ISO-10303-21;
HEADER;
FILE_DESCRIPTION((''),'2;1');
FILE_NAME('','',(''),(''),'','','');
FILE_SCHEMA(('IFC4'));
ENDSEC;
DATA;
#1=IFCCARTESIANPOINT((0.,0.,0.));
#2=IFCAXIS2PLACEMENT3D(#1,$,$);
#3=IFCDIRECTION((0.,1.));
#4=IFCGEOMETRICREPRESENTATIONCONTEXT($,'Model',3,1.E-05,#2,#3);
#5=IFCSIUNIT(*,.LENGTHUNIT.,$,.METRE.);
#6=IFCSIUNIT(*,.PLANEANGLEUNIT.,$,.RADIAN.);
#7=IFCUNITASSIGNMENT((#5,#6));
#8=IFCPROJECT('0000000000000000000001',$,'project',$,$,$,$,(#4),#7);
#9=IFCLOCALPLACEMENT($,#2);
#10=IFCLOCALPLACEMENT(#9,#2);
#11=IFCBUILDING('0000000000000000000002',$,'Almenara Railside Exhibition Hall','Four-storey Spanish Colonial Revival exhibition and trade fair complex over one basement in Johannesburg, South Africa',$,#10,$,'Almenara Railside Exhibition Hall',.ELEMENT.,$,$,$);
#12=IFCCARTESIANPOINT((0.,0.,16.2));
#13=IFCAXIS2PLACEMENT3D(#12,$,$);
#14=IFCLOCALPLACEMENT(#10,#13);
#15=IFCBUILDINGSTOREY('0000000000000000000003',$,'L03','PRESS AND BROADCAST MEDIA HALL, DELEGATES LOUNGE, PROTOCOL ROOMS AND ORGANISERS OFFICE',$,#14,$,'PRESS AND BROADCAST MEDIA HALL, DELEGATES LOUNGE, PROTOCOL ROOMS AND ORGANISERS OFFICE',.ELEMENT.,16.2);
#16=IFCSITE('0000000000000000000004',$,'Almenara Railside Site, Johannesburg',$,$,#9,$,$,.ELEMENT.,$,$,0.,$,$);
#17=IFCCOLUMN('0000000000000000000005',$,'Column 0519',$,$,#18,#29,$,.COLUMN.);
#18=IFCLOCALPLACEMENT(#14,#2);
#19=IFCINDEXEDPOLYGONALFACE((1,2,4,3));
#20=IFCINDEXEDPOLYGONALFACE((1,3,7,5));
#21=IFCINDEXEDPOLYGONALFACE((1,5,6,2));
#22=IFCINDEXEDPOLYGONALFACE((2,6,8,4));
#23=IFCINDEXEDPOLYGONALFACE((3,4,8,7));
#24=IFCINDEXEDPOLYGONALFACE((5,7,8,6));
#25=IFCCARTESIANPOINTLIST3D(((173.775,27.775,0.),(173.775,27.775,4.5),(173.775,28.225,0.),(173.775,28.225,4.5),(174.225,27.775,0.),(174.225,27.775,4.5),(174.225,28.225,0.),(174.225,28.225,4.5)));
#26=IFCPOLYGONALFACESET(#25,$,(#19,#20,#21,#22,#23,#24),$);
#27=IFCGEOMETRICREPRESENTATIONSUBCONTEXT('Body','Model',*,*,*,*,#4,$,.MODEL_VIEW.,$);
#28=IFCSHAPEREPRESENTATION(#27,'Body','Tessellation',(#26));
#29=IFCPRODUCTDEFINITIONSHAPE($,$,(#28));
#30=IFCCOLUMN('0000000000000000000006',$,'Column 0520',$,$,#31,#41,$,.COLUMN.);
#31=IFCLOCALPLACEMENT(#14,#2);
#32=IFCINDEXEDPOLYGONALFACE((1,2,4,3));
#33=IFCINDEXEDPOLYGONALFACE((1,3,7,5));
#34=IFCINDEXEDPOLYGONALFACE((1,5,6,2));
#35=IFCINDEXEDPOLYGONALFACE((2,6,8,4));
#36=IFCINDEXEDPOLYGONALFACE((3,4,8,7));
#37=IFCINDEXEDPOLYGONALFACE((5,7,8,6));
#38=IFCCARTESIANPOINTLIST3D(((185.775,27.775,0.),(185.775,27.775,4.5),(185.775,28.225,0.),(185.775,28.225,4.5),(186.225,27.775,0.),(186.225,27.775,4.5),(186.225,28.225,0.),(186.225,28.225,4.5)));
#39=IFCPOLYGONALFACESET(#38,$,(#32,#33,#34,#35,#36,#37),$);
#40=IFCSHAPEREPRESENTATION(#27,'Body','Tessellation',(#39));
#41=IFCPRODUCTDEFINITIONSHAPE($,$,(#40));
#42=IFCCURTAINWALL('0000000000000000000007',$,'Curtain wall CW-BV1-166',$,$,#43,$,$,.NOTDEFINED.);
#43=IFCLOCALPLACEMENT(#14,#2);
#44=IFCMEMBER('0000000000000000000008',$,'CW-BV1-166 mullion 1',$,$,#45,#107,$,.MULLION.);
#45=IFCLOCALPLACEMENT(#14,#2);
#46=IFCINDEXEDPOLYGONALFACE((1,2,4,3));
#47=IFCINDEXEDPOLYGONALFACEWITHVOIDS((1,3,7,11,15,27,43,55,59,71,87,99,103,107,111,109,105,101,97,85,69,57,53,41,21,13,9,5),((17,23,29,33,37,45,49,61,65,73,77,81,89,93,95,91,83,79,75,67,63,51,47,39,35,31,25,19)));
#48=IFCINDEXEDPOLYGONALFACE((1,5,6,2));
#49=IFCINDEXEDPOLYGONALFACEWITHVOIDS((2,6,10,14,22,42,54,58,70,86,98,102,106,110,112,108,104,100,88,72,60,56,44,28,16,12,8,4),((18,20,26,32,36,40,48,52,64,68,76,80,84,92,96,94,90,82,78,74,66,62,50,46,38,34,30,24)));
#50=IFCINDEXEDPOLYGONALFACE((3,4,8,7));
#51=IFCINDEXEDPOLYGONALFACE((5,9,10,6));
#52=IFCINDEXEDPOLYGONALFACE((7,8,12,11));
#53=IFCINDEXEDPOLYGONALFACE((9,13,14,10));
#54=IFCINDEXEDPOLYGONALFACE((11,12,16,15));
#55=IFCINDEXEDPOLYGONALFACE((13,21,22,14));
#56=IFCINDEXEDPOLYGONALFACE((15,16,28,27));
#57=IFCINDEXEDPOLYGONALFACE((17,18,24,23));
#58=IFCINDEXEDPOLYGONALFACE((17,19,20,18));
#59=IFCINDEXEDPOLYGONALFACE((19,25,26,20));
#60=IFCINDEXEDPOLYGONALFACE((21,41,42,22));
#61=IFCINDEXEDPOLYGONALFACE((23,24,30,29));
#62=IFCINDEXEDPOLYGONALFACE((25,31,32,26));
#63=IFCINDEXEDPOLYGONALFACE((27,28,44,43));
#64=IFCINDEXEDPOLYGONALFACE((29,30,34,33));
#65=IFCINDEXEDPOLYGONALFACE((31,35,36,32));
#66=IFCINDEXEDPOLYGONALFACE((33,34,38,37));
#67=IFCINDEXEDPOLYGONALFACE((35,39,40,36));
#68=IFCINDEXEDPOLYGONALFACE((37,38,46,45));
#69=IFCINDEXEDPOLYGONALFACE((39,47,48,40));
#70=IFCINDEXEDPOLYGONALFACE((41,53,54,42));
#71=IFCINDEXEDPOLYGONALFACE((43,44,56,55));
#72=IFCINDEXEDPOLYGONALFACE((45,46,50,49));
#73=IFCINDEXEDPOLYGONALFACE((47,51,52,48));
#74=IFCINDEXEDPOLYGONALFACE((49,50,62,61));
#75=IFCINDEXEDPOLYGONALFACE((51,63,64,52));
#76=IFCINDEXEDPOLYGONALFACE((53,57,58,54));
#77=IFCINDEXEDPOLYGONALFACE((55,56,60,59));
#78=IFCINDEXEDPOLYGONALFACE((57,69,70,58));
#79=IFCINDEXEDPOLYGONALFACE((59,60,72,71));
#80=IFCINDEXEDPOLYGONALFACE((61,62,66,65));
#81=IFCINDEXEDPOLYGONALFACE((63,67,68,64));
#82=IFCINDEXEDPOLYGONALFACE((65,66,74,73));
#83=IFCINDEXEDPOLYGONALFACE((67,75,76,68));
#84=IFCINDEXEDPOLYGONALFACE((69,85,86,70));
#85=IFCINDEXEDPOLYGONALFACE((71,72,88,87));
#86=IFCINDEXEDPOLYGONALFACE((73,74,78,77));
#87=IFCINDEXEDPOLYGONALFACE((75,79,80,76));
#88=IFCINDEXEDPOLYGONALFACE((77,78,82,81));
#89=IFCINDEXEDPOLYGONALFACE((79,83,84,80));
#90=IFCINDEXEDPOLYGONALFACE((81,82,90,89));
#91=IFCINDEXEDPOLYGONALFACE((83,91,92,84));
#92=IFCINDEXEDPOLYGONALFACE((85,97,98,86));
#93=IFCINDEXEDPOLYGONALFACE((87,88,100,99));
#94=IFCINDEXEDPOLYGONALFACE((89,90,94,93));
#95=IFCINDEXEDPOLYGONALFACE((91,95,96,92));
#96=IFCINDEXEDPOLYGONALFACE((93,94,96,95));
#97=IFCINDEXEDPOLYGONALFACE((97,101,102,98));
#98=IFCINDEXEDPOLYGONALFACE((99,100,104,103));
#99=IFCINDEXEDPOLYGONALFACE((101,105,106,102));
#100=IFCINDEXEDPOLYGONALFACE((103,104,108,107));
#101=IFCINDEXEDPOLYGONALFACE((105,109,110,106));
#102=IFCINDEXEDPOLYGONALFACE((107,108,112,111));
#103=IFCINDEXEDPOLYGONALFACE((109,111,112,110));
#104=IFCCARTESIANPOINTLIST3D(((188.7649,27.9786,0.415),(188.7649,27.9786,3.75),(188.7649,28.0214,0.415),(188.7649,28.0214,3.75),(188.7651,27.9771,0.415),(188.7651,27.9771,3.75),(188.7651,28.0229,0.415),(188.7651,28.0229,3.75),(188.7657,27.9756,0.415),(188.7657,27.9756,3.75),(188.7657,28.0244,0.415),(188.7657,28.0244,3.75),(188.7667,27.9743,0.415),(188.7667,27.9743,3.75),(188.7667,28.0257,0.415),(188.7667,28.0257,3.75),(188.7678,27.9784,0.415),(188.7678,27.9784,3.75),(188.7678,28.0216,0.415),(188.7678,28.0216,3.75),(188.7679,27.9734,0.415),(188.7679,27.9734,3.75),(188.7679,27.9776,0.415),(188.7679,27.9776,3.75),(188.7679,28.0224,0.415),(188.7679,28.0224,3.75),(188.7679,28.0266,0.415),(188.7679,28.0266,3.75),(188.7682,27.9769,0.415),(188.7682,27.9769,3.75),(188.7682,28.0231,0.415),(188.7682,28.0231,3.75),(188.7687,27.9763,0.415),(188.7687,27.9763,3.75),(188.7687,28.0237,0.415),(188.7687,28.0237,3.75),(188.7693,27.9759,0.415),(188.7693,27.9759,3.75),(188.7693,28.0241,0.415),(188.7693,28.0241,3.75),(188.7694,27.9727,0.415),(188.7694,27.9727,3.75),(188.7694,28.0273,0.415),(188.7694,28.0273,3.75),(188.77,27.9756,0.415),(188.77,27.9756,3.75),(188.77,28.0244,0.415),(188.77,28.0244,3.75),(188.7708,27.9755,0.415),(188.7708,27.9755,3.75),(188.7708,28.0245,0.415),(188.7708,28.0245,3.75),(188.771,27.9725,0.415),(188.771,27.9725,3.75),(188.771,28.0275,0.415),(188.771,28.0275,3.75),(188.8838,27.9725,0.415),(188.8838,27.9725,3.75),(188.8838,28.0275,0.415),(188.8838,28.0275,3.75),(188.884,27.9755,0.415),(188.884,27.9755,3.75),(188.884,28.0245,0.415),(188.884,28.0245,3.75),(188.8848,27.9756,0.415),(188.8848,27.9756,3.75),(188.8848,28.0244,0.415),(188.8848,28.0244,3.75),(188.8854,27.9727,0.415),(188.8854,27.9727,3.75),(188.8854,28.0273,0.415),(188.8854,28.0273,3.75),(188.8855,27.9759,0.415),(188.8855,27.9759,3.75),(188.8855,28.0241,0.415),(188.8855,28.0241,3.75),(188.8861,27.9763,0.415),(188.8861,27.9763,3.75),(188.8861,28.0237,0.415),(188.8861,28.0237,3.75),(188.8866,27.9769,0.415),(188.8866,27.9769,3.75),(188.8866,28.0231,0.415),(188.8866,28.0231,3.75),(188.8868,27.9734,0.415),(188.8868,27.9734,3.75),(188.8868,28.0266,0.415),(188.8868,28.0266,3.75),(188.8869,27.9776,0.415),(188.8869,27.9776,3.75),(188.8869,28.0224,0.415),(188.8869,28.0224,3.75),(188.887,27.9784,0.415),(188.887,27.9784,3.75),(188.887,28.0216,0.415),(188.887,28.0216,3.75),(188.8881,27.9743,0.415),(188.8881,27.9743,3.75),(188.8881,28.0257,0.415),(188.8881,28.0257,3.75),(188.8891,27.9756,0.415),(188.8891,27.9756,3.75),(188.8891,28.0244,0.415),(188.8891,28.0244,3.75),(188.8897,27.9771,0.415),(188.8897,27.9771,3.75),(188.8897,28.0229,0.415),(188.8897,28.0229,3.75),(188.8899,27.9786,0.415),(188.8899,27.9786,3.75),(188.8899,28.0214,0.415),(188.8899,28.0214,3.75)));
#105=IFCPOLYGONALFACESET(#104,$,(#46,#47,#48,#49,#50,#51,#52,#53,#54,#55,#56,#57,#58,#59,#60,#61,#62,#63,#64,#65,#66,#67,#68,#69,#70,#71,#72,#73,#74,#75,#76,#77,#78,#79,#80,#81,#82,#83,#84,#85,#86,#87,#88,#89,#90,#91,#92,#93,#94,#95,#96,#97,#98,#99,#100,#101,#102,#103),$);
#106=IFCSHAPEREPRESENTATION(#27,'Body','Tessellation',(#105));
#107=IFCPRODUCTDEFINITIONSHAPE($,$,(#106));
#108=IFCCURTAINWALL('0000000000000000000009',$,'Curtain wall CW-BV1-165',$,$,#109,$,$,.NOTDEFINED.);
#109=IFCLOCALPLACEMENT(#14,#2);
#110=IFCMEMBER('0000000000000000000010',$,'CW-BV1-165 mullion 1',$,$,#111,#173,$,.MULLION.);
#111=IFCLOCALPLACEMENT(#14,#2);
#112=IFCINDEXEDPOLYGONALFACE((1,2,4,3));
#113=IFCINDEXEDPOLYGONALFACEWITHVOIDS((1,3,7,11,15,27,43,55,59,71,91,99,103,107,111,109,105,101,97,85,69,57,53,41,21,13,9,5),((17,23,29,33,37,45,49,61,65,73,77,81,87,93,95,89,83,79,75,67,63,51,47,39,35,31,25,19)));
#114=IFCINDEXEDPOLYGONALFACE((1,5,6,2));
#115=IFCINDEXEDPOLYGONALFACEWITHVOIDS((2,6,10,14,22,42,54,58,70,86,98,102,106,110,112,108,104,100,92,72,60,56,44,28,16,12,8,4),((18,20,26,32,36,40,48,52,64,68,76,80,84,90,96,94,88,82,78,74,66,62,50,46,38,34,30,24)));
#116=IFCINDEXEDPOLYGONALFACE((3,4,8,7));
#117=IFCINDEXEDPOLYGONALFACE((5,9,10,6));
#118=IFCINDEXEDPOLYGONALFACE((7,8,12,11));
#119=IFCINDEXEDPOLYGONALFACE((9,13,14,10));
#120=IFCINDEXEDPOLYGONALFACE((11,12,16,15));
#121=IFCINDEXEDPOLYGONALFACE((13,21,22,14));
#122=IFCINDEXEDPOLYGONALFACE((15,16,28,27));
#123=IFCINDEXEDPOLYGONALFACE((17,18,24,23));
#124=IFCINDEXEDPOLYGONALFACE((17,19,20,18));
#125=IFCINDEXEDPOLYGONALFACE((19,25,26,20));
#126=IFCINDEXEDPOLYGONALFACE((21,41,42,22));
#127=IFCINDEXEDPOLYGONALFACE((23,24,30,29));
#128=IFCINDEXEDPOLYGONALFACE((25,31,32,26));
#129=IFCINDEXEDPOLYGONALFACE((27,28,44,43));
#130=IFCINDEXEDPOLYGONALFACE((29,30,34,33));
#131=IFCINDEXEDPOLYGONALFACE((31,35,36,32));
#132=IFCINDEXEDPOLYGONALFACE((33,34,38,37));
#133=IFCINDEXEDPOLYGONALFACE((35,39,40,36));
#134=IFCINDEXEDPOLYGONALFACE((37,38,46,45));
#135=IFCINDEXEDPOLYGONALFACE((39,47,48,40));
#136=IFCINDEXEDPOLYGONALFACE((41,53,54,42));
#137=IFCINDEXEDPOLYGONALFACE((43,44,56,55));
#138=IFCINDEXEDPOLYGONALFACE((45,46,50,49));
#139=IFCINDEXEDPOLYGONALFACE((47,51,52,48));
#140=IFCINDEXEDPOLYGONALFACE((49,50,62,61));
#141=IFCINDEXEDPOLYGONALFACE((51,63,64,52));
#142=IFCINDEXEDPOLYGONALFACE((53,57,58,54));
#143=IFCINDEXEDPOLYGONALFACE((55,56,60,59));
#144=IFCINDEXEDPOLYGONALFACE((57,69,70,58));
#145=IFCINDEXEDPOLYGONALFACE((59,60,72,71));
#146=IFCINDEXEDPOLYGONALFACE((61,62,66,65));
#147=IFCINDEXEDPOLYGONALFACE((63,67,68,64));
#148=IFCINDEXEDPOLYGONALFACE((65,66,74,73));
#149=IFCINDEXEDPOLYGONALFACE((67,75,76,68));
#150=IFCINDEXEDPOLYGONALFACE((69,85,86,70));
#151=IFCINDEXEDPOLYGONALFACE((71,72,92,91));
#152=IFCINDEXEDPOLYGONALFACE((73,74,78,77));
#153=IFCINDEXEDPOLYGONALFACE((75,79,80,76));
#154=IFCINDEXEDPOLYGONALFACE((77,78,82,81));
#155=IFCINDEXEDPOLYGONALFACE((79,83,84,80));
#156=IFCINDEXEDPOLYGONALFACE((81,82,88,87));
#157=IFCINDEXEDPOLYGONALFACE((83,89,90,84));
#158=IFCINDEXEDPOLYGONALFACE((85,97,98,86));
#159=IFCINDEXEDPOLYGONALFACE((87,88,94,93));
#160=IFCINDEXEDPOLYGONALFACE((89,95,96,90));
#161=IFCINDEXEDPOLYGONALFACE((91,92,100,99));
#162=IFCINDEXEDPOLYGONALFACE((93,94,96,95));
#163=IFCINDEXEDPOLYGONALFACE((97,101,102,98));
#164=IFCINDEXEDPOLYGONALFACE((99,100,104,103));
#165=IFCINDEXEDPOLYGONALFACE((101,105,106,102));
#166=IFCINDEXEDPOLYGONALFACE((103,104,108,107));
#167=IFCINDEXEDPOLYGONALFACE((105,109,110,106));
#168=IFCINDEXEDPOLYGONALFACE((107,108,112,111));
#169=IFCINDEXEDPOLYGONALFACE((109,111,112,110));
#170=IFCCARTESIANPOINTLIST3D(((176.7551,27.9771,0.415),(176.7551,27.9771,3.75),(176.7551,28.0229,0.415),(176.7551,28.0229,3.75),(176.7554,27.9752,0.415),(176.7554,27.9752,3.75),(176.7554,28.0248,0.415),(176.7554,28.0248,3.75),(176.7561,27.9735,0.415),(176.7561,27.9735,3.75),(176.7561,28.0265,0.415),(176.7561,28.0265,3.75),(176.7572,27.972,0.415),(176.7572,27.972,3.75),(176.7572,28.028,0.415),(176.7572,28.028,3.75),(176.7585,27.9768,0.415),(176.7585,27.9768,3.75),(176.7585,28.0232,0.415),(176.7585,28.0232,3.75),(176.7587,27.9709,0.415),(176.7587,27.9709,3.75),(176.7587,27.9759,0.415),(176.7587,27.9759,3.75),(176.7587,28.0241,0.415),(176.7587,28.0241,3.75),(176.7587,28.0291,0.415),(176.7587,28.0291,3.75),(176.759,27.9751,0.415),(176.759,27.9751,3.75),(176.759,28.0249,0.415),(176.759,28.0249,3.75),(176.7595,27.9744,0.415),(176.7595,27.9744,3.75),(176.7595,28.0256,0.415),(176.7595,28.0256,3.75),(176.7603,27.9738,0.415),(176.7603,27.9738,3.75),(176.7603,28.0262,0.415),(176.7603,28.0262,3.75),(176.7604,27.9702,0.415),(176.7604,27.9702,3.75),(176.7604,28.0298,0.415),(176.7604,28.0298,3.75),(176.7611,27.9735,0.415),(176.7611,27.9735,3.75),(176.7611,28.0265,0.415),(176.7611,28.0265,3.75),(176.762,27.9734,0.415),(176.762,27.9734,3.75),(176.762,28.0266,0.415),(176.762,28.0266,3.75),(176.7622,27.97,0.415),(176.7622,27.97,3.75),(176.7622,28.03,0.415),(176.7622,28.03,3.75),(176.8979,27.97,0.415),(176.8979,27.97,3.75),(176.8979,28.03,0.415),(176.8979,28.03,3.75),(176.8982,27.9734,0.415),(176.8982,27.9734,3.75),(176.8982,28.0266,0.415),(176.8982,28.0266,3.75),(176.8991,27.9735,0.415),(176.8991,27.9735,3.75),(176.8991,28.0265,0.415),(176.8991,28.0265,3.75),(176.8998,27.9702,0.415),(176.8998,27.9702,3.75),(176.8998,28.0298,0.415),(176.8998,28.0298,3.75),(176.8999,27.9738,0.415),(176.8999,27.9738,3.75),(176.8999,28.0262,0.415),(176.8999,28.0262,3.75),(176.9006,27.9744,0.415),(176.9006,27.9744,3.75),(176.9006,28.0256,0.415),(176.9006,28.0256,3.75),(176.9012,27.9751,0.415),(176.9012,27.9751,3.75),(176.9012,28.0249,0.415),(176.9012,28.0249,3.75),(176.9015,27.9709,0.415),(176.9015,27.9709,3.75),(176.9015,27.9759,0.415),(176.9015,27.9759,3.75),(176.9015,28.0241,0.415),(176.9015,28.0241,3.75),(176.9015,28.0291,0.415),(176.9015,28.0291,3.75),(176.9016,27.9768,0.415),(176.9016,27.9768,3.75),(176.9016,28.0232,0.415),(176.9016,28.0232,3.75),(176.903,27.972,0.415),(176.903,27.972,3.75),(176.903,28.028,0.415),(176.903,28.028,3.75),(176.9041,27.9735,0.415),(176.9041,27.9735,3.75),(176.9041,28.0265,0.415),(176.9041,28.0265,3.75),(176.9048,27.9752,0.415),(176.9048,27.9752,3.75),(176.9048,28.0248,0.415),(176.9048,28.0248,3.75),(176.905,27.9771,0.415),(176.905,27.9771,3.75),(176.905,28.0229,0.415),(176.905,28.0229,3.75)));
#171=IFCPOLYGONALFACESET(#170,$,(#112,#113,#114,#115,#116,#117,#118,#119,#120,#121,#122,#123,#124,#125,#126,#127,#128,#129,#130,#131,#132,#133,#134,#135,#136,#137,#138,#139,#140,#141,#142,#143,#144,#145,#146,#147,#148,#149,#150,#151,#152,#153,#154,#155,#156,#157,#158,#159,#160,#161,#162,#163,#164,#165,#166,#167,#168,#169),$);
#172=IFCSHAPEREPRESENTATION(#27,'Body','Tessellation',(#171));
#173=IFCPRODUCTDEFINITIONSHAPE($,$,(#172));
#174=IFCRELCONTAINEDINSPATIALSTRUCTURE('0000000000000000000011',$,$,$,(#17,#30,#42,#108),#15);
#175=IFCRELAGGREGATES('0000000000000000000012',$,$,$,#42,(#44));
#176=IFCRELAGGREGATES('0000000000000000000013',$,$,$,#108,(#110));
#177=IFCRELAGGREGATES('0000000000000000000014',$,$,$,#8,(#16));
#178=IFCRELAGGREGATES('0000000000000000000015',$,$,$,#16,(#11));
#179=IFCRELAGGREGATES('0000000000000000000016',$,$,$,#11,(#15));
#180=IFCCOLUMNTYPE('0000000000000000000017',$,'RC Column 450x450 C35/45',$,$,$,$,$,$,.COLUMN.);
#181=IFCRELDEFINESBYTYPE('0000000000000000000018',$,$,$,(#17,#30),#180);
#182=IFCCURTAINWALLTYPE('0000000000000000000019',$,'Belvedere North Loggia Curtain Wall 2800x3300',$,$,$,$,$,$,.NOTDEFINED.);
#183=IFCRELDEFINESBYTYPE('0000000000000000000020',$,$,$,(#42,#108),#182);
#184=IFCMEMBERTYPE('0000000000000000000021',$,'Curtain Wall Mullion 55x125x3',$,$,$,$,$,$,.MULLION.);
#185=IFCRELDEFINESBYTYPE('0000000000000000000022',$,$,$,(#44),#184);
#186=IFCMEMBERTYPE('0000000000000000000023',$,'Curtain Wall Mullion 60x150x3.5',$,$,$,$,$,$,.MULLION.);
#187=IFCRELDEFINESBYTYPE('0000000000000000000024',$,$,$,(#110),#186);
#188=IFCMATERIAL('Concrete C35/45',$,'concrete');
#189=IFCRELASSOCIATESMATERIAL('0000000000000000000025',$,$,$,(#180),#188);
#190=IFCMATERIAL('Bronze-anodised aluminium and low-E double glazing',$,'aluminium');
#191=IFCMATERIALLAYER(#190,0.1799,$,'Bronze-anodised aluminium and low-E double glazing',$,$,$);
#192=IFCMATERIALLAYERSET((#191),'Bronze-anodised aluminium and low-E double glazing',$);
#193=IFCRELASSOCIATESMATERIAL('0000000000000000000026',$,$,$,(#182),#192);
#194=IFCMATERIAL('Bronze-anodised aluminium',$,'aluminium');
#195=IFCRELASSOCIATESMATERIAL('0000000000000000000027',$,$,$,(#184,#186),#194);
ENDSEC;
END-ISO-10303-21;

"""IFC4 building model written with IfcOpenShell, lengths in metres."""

from ifc_helpers import new_model, si_unit, direction, frame, origin, origin_2d, place, context, subcontext, project, spatial, rectangle, hollow_rectangle, extrude, material, layer, layer_set, material_profile, profile_set, type_object, element, aggregate, save


model = new_model("IFC4")

# Units and contexts
model_context = context("Model", 3, precision=1e-05, world=origin(), true_north=direction((0.0, 1.0)))
body_context = subcontext(model_context, "Body", "Model", "MODEL_VIEW")
ifc_project = project(units=[si_unit("LENGTHUNIT", "METRE"), si_unit("PLANEANGLEUNIT", "RADIAN")], contexts=[model_context])

# Site, building, storey
site_placement = place(None, origin())
site = spatial("IfcSite", under=ifc_project, at=site_placement, Name="Almenara Railside Site, Johannesburg", CompositionType="ELEMENT", RefElevation=0.0)
building_placement = place(site_placement, origin())
building = spatial("IfcBuilding", under=site, at=building_placement, Name="Almenara Railside Exhibition Hall", Description="Four-storey Spanish Colonial Revival exhibition and trade fair complex over one basement in Johannesburg, South Africa", LongName="Almenara Railside Exhibition Hall", CompositionType="ELEMENT")
storey_placement = place(building_placement, frame((0.0, 0.0, 16.2)))
storey = spatial("IfcBuildingStorey", under=building, at=storey_placement, Name="L03", Description="PRESS AND BROADCAST MEDIA HALL, DELEGATES LOUNGE, PROTOCOL ROOMS AND ORGANISERS OFFICE", LongName="PRESS AND BROADCAST MEDIA HALL, DELEGATES LOUNGE, PROTOCOL ROOMS AND ORGANISERS OFFICE", CompositionType="ELEMENT", Elevation=16.2)

# Columns
ifc_material_1 = material(Name="Concrete C35/45", Category="concrete")
ifc_material_profile_1 = material_profile(ifc_material_1, rectangle(XDim=0.45, YDim=0.45, at=origin_2d()), Name="RC 450x450")
ifc_profile_set_1 = profile_set([ifc_material_profile_1], Name="Concrete C35/45")
column_type = type_object("IfcColumnType", Name="RC Column 450x450 C35/45", PredefinedType="COLUMN", material=ifc_profile_set_1)
for number, where, z_axis, x_axis, name in (
    (1, (174.0, 28.0, 0.0), (0.0, 0.0, 1.0), (1.0, 0.0, 0.0), "Column 0519"),
    (2, (186.0, 28.0, 0.0), (0.0, 0.0, 1.0), (1.0, 0.0, 0.0), "Column 0520"),
):
    element("IfcColumn", number, at=place(storey_placement, frame(where, z_axis=z_axis, x_axis=x_axis)), inside=storey, type_object=column_type, Name=name, PredefinedType="COLUMN", context=body_context, shape_type="SweptSolid", body=[
        extrude(rectangle(XDim=0.45, YDim=0.45, at=origin_2d()), origin(), (0.0, 0.0, 1.0), 4.5),
    ])

# Curtain wall, member
ifc_material_2 = material(Name="Bronze-anodised aluminium and low-E double glazing", Category="aluminium")
ifc_layer_1 = layer(ifc_material_2, 0.1799, Name="Bronze-anodised aluminium and low-E double glazing")
ifc_layer_set_1 = layer_set([ifc_layer_1], Name="Bronze-anodised aluminium and low-E double glazing")
curtain_wall_type = type_object("IfcCurtainWallType", Name="Belvedere North Loggia Curtain Wall 2800x3300", PredefinedType="NOTDEFINED", material=ifc_layer_set_1)
curtain_wall_1_placement = place(storey_placement, origin())
curtain_wall_1 = element("IfcCurtainWall", 3, at=curtain_wall_1_placement, inside=storey, type_object=curtain_wall_type, Name="Curtain wall CW-BV1-166", PredefinedType="NOTDEFINED")
ifc_material_3 = material(Name="Bronze-anodised aluminium", Category="aluminium")
ifc_material_profile_2 = material_profile(ifc_material_3, hollow_rectangle(XDim=0.0549, YDim=0.125, WallThickness=0.0029, InnerFilletRadius=0.0029, OuterFilletRadius=0.0061, at=origin_2d()), Name="ALU-MUL 55x125x3")
ifc_profile_set_2 = profile_set([ifc_material_profile_2], Name="Bronze-anodised aluminium")
member_type_1 = type_object("IfcMemberType", Name="Curtain Wall Mullion 55x125x3", PredefinedType="MULLION", material=ifc_profile_set_2)
member_1_placement = place(storey_placement, frame((188.8274, 28.0, 0.415), z_axis=(0.0, 0.0, 1.0), x_axis=(0.0, 1.0, 0.0)))
member_1 = element("IfcMember", 4, at=member_1_placement, type_object=member_type_1, Name="CW-BV1-166 mullion 1", PredefinedType="MULLION", context=body_context, shape_type="SweptSolid", body=[
    extrude(hollow_rectangle(XDim=0.0549, YDim=0.125, WallThickness=0.0029, InnerFilletRadius=0.0029, OuterFilletRadius=0.0061, at=origin_2d()), origin(), (0.0, 0.0, 1.0), 3.335),
])

# Curtain wall, member
curtain_wall_2_placement = place(storey_placement, origin())
curtain_wall_2 = element("IfcCurtainWall", 5, at=curtain_wall_2_placement, inside=storey, type_object=curtain_wall_type, Name="Curtain wall CW-BV1-165", PredefinedType="NOTDEFINED")
ifc_material_profile_3 = material_profile(ifc_material_3, hollow_rectangle(XDim=0.0601, YDim=0.1499, WallThickness=0.0034, InnerFilletRadius=0.0034, OuterFilletRadius=0.0071, at=origin_2d()), Name="ALU-MUL 60x150x3.5")
ifc_profile_set_3 = profile_set([ifc_material_profile_3], Name="Bronze-anodised aluminium")
member_type_2 = type_object("IfcMemberType", Name="Curtain Wall Mullion 60x150x3.5", PredefinedType="MULLION", material=ifc_profile_set_3)
member_2_placement = place(storey_placement, frame((176.8301, 28.0, 0.415), z_axis=(0.0, 0.0, 1.0), x_axis=(0.0, 1.0, 0.0)))
member_2 = element("IfcMember", 6, at=member_2_placement, type_object=member_type_2, Name="CW-BV1-165 mullion 1", PredefinedType="MULLION", context=body_context, shape_type="SweptSolid", body=[
    extrude(hollow_rectangle(XDim=0.0601, YDim=0.1499, WallThickness=0.0034, InnerFilletRadius=0.0034, OuterFilletRadius=0.0071, at=origin_2d()), origin(), (0.0, 0.0, 1.0), 3.335),
])

aggregate(curtain_wall_1, [member_1])

aggregate(curtain_wall_2, [member_2])

save(model, "model.ifc")
